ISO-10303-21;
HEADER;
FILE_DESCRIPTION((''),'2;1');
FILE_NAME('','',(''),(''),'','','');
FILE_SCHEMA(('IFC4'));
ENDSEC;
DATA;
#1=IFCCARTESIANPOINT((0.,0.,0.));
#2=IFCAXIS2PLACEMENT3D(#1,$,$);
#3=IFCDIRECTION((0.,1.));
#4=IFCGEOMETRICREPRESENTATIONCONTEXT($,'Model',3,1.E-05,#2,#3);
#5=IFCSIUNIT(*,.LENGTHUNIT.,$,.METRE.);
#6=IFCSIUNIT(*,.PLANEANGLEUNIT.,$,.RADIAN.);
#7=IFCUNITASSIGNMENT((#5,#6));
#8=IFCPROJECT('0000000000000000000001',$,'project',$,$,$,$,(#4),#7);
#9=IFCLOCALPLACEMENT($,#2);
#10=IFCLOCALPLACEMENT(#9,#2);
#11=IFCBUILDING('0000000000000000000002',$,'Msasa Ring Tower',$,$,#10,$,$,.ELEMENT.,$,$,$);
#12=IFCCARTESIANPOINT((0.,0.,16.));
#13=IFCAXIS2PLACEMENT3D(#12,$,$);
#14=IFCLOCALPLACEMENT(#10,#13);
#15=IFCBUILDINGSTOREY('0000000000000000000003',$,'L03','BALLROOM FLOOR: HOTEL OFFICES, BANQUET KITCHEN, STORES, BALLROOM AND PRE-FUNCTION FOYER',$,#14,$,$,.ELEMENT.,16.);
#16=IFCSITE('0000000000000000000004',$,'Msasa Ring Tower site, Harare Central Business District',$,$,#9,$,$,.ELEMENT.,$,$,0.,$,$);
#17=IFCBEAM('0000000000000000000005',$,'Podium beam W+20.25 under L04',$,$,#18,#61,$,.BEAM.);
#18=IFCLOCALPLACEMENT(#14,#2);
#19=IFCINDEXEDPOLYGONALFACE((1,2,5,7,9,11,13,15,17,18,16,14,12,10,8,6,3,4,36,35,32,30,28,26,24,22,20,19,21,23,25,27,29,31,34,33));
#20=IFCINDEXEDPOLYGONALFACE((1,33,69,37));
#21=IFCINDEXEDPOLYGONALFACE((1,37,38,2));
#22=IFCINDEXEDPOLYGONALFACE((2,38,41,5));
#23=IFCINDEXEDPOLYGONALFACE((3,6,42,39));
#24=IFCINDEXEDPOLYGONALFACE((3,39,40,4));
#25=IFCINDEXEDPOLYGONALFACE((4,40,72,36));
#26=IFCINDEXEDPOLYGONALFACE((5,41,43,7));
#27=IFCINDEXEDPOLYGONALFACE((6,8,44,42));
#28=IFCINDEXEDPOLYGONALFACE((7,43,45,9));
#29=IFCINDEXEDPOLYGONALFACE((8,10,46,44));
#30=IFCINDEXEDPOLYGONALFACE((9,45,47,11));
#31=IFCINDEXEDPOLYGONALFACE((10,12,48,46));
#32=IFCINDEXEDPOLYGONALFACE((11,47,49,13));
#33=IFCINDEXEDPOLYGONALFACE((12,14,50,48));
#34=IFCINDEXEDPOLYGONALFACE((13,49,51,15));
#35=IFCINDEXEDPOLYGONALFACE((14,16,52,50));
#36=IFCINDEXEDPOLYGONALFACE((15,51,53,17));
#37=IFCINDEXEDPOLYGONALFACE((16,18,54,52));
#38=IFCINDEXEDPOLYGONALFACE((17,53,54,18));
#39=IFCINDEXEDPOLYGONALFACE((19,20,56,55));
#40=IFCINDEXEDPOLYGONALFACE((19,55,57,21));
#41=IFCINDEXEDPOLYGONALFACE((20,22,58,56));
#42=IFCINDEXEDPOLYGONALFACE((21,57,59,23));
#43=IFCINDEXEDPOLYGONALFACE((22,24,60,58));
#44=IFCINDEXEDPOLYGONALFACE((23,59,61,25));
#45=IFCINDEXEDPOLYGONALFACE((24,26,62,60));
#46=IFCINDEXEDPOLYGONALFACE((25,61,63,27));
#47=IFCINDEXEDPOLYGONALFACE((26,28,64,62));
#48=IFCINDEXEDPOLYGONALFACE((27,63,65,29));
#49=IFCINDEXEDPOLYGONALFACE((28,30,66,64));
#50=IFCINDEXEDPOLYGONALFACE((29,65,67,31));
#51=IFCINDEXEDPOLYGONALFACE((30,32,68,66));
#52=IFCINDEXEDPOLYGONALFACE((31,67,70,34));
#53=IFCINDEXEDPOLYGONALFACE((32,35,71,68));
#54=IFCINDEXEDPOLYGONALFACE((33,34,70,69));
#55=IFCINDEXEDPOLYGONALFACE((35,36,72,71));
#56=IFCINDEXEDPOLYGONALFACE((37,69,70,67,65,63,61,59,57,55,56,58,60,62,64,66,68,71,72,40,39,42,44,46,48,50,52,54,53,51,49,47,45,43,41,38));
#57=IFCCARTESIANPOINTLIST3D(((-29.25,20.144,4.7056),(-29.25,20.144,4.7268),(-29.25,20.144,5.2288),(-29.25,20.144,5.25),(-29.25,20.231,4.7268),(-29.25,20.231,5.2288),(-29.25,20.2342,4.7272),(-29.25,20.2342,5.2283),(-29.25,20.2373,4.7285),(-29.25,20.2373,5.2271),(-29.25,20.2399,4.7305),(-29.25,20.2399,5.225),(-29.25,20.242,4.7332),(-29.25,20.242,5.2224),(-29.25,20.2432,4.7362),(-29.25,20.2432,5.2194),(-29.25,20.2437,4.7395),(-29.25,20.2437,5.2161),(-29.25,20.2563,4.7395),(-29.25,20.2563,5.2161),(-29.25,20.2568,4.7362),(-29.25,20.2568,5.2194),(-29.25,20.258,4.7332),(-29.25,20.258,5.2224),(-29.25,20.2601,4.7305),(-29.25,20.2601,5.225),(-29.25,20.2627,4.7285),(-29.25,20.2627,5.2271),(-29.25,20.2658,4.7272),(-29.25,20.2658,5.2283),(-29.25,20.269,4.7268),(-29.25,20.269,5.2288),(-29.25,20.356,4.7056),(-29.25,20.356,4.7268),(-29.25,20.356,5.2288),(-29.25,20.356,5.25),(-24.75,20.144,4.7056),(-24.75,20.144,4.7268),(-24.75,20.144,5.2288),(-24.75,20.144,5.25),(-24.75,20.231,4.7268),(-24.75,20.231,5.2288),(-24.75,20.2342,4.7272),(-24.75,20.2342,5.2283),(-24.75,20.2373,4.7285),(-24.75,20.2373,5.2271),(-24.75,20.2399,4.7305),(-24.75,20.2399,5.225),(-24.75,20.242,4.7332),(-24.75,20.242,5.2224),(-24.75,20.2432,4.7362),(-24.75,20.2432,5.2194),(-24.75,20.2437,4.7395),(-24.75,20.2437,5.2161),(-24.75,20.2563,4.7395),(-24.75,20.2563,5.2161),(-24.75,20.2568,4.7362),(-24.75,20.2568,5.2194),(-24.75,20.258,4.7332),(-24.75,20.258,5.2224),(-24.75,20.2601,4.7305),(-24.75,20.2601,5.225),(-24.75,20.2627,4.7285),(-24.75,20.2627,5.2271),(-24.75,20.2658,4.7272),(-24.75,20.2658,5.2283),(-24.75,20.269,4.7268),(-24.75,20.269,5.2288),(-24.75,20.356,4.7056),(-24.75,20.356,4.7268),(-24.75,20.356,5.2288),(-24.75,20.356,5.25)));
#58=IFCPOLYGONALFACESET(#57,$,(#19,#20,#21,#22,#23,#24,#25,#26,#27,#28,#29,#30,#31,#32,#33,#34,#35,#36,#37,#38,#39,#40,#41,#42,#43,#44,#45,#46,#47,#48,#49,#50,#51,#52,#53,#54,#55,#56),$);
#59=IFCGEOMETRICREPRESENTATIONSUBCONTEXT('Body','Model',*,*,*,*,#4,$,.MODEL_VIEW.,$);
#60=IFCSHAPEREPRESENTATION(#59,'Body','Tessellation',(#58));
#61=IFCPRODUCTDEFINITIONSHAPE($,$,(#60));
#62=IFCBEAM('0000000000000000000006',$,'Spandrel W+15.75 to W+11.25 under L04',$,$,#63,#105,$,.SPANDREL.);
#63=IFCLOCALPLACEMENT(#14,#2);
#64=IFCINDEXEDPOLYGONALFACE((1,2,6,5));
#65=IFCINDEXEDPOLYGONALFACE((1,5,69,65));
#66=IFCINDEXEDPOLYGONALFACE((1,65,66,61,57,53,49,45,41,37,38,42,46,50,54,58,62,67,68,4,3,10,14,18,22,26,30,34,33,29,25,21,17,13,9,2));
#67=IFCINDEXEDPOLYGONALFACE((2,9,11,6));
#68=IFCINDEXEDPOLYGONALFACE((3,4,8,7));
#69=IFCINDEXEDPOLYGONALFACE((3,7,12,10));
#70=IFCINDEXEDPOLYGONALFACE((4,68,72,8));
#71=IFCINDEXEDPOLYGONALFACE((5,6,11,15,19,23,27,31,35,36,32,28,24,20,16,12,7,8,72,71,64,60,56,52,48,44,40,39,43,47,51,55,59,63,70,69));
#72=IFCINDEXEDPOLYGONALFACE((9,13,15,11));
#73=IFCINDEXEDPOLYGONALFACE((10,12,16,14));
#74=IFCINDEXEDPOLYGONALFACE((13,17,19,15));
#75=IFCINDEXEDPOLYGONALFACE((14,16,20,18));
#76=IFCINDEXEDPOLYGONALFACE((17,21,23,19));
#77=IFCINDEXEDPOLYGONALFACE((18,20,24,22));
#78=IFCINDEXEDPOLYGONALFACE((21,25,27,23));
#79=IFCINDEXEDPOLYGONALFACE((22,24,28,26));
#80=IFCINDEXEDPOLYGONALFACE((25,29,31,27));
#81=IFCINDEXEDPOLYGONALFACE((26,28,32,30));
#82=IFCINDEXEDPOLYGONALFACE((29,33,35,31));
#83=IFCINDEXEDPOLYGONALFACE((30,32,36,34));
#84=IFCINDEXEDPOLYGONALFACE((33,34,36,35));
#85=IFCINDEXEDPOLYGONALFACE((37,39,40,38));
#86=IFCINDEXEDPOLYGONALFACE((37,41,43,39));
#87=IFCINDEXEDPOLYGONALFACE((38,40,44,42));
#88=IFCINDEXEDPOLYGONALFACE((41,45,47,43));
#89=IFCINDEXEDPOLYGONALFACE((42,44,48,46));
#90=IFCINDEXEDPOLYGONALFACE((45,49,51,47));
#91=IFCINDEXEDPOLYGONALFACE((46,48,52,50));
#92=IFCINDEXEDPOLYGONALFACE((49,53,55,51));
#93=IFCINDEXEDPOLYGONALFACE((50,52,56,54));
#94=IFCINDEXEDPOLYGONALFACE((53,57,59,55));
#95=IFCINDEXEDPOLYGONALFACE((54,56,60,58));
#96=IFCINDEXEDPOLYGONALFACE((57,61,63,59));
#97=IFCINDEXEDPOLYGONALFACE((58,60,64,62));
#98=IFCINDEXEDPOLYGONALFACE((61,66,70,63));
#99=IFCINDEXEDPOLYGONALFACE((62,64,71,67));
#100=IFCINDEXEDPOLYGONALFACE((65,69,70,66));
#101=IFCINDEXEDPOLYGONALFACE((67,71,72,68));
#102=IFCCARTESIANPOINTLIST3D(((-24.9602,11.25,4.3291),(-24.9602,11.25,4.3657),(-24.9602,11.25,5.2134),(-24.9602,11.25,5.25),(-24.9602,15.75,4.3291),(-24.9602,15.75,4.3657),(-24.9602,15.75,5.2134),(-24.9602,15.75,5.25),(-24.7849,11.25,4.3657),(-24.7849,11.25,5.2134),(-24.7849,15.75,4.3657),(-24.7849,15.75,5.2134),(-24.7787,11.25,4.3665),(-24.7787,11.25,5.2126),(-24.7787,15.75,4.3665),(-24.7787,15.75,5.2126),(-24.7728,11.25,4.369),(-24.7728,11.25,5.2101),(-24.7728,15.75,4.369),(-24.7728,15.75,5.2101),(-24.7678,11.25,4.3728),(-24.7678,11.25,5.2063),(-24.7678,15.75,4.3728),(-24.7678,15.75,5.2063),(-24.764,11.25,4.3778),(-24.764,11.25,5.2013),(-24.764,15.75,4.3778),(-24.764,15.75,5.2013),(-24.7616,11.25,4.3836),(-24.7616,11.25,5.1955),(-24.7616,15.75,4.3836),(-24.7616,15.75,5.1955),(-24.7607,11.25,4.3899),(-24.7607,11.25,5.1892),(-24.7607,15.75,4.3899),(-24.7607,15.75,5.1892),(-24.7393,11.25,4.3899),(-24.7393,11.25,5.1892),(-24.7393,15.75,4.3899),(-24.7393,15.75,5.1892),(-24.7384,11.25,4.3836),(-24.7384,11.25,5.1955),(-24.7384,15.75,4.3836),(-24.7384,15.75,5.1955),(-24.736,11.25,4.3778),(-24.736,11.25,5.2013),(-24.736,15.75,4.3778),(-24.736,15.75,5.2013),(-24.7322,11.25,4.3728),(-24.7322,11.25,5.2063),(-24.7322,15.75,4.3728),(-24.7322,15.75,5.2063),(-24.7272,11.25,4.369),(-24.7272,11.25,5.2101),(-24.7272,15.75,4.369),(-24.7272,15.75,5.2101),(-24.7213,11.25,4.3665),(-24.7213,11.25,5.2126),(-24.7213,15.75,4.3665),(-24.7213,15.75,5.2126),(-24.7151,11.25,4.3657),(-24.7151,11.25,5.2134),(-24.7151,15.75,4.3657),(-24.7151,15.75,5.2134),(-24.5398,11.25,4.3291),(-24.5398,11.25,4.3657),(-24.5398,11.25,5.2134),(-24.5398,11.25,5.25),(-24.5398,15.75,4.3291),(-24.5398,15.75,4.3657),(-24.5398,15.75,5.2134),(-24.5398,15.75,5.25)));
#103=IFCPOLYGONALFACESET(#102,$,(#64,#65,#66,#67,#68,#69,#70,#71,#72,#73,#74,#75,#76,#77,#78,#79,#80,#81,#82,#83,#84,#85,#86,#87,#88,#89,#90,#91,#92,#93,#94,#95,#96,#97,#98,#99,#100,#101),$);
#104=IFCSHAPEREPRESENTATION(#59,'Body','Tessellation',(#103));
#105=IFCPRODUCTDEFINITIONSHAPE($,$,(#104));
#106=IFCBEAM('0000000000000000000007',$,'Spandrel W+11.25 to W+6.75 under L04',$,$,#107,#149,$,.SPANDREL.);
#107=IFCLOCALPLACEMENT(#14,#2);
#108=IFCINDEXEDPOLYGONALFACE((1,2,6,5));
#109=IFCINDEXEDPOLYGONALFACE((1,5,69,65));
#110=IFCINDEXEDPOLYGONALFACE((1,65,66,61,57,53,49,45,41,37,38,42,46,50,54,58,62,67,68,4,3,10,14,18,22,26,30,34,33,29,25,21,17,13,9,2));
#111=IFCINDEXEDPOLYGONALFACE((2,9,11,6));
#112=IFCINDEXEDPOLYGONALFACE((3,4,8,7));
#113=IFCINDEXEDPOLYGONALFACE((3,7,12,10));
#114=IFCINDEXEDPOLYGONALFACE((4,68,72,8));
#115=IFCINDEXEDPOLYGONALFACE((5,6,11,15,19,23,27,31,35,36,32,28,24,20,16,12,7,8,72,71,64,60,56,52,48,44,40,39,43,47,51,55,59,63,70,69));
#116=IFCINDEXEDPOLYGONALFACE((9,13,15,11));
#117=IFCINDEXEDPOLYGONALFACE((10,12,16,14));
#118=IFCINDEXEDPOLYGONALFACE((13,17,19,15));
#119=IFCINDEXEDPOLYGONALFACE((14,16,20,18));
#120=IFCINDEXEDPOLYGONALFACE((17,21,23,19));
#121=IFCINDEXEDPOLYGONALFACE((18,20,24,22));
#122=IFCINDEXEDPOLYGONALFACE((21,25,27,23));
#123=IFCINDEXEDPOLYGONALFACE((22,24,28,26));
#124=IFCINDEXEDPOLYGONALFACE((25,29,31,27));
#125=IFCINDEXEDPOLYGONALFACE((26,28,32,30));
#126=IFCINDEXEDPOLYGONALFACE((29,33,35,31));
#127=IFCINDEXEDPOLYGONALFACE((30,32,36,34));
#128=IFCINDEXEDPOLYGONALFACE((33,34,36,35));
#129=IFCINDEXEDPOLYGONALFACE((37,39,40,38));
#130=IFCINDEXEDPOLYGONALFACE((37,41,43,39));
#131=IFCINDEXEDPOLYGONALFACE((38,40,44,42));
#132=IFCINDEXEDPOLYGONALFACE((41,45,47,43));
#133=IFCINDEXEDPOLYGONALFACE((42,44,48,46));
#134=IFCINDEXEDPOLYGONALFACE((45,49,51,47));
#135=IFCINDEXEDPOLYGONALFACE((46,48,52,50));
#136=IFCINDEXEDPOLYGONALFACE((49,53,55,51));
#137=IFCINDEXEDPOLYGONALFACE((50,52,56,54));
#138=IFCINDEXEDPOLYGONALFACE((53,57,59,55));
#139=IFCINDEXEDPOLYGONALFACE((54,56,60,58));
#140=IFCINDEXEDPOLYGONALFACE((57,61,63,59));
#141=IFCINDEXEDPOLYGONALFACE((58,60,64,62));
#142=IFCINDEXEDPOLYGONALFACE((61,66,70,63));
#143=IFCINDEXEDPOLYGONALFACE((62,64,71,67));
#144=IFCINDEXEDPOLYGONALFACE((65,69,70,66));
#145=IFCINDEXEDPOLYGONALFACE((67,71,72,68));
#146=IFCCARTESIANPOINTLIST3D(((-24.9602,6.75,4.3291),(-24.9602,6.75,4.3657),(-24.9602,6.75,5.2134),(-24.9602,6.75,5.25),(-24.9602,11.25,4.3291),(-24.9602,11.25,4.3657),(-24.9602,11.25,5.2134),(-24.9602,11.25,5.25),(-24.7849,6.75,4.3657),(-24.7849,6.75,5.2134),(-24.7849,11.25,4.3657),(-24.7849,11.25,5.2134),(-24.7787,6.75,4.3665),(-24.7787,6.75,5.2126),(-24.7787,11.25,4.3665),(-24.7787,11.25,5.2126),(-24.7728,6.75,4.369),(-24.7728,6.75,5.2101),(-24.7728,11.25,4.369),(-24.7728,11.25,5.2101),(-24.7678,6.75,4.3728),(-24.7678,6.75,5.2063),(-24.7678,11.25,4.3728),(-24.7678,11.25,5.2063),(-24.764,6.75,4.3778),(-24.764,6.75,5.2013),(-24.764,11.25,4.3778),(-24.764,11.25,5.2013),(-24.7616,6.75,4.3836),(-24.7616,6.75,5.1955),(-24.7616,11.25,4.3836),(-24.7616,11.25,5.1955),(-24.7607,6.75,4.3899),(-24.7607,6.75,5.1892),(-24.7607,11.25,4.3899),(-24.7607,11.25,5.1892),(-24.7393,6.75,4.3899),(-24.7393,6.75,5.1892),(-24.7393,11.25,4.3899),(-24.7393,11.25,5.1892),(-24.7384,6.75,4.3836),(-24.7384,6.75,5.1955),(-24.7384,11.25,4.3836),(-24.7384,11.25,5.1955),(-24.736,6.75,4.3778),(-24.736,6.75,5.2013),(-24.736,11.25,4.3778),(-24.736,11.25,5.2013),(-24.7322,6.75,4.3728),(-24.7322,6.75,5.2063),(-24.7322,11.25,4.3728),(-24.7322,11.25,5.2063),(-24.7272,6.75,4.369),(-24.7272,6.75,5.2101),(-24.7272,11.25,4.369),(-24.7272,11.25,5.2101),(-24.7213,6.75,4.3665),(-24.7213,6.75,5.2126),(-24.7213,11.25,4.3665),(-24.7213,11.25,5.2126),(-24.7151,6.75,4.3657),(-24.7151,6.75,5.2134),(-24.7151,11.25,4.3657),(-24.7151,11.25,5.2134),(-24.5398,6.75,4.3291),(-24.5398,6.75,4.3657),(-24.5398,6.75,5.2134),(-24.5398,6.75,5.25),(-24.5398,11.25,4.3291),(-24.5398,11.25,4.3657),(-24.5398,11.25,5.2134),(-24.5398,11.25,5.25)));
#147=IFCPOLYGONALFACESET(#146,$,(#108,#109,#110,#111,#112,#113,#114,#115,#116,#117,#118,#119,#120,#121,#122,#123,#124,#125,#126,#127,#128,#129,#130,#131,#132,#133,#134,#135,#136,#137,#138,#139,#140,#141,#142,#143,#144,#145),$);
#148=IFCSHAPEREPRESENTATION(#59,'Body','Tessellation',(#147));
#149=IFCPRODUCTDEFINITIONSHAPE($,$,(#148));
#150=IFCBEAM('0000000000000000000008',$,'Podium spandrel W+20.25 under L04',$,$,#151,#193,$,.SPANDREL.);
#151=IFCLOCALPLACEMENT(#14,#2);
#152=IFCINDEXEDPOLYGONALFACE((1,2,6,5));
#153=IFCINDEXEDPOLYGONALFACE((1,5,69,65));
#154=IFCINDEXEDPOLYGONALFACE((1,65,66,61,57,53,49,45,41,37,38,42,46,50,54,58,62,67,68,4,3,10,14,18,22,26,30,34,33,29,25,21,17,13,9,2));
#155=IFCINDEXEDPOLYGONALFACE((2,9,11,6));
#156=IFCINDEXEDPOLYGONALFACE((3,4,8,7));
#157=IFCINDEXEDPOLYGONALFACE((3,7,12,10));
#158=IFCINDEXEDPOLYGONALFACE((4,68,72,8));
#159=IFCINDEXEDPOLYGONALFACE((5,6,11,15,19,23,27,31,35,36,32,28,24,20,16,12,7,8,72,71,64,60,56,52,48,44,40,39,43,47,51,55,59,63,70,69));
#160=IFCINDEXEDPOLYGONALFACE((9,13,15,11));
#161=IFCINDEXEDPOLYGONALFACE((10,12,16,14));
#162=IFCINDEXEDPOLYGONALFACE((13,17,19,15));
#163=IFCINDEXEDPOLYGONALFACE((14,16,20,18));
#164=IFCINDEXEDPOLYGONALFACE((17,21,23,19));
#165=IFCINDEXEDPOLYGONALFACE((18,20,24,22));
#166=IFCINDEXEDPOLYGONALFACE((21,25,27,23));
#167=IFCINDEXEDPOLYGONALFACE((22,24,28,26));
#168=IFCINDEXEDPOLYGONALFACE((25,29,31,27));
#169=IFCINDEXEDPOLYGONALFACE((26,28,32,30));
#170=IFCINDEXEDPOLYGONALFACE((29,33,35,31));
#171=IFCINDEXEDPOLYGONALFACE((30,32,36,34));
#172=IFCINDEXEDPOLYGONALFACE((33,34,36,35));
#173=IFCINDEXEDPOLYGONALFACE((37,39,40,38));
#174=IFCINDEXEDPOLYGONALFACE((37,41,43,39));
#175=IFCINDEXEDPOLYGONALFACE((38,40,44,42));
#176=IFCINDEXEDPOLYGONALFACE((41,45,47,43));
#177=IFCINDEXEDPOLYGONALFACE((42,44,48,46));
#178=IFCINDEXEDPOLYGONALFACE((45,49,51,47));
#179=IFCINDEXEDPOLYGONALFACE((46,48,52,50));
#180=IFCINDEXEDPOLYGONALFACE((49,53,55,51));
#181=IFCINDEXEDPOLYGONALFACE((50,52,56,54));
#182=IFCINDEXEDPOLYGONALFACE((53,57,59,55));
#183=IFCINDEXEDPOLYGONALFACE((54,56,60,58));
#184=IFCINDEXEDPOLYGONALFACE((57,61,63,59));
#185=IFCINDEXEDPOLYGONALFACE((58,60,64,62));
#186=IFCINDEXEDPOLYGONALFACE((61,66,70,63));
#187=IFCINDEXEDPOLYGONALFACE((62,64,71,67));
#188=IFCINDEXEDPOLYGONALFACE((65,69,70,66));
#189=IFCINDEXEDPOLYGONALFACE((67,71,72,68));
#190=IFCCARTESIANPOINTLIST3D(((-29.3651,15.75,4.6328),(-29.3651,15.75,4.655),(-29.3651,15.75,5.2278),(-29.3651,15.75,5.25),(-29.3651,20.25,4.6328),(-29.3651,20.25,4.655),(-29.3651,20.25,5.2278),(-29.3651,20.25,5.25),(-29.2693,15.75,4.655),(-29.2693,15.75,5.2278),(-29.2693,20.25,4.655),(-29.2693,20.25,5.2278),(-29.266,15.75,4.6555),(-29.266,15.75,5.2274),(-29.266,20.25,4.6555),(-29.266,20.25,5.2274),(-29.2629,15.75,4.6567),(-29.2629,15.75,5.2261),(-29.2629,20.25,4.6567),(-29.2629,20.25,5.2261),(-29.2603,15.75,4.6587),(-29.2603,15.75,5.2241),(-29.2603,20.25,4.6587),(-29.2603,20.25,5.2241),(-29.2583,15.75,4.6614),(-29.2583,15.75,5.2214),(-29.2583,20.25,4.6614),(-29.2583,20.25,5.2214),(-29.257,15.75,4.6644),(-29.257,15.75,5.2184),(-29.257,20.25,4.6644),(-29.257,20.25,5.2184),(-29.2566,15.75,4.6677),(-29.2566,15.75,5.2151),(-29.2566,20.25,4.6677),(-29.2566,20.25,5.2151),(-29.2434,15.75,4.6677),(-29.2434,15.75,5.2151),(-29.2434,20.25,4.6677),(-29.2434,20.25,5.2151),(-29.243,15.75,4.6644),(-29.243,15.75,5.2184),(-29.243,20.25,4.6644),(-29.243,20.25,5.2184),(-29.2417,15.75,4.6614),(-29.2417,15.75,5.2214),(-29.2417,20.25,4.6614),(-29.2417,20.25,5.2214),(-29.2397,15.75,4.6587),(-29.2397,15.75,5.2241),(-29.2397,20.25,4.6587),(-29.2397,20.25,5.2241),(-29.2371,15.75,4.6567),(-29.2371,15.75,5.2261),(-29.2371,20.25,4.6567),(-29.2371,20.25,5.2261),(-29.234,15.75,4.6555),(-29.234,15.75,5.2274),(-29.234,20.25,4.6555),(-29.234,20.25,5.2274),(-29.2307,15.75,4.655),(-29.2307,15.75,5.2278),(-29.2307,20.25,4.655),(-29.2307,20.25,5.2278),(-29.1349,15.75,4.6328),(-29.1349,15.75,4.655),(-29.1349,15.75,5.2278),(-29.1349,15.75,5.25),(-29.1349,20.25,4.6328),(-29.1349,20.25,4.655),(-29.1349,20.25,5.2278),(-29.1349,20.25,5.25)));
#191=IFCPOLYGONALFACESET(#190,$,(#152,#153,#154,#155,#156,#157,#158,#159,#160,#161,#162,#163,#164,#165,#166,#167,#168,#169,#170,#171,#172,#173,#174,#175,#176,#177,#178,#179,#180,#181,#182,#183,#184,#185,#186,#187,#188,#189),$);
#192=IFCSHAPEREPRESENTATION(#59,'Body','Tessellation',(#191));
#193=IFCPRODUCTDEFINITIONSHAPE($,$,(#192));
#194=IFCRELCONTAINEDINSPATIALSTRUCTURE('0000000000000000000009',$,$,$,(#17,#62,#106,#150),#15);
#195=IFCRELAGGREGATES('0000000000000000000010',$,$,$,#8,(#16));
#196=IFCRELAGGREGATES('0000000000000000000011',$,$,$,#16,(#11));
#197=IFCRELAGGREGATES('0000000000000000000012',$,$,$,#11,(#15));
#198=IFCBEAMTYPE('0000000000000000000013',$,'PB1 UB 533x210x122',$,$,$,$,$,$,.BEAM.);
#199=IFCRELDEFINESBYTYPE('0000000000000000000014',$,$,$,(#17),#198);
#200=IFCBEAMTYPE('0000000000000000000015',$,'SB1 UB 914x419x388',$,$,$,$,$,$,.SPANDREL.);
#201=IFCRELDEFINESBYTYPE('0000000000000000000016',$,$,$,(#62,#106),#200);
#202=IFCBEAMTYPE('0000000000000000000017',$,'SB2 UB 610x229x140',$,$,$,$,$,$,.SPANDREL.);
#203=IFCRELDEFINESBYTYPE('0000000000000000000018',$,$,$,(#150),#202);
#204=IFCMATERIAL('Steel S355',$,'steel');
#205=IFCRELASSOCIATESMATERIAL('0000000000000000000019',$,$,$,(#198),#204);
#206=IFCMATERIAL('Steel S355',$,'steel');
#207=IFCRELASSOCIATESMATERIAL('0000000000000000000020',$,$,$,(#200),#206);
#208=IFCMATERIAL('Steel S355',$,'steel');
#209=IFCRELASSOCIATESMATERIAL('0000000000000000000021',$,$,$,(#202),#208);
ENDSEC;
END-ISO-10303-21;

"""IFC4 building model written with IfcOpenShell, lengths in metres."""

from ifc_helpers import new_model, si_unit, direction, frame, origin, origin_2d, place, context, subcontext, project, spatial, i_section, extrude, material, material_profile, profile_set, type_object, element, save


model = new_model("IFC4")

# Units and contexts
model_context = context("Model", 3, precision=1e-05, world=origin(), true_north=direction((0.0, 1.0)))
body_context = subcontext(model_context, "Body", "Model", "MODEL_VIEW")
ifc_project = project(units=[si_unit("LENGTHUNIT", "METRE"), si_unit("PLANEANGLEUNIT", "RADIAN")], contexts=[model_context])

# Site, building, storey
site_placement = place(None, origin())
site = spatial("IfcSite", under=ifc_project, at=site_placement, Name="Msasa Ring Tower site, Harare Central Business District", CompositionType="ELEMENT", RefElevation=0.0)
building_placement = place(site_placement, origin())
building = spatial("IfcBuilding", under=site, at=building_placement, Name="Msasa Ring Tower", CompositionType="ELEMENT")
storey_placement = place(building_placement, frame((0.0, 0.0, 16.0)))
storey = spatial("IfcBuildingStorey", under=building, at=storey_placement, Name="L03", Description="BALLROOM FLOOR: HOTEL OFFICES, BANQUET KITCHEN, STORES, BALLROOM AND PRE-FUNCTION FOYER", CompositionType="ELEMENT", Elevation=16.0)

# Beams
ifc_material_1 = material(Name="Steel S355", Category="steel")
ifc_material_profile_1 = material_profile(ifc_material_1, i_section(OverallWidth=0.2119, OverallDepth=0.5444, WebThickness=0.0127, FlangeThickness=0.0212, FilletRadius=0.0127, at=origin_2d()), Name="UB 533x210x122")
ifc_profile_set_1 = profile_set([ifc_material_profile_1], Name="Steel S355")
beam_type_1 = type_object("IfcBeamType", Name="PB1 UB 533x210x122", PredefinedType="BEAM", material=ifc_profile_set_1)
beam_placement = place(storey_placement, frame((-29.25, 20.25, 4.9778), z_axis=(1.0, 0.0, 0.0), x_axis=(0.0, 1.0, 0.0)))
element("IfcBeam", 1, at=beam_placement, inside=storey, type_object=beam_type_1, Name="Podium beam W+20.25 under L04", PredefinedType="BEAM", context=body_context, shape_type="SweptSolid", body=[
    extrude(i_section(OverallWidth=0.2119, OverallDepth=0.5444, WebThickness=0.0127, FlangeThickness=0.0212, FilletRadius=0.0127, at=origin_2d()), origin(), (0.0, 0.0, 1.0), 4.5),
])
ifc_material_2 = material(Name="Steel S355", Category="steel")
ifc_material_profile_2 = material_profile(ifc_material_2, i_section(OverallWidth=0.4204, OverallDepth=0.9209, WebThickness=0.0215, FlangeThickness=0.0366, FilletRadius=0.0242, at=origin_2d()), Name="UB 914x419x388")
ifc_profile_set_2 = profile_set([ifc_material_profile_2], Name="Steel S355")
beam_type_2 = type_object("IfcBeamType", Name="SB1 UB 914x419x388", PredefinedType="SPANDREL", material=ifc_profile_set_2)
for number, where, z_axis, x_axis, name in (
    (2, (-24.75, 15.75, 4.7896), (0.0, -1.0, 0.0), (1.0, 0.0, 0.0), "Spandrel W+15.75 to W+11.25 under L04"),
    (3, (-24.75, 11.25, 4.7896), (0.0, -1.0, 0.0), (1.0, 0.0, 0.0), "Spandrel W+11.25 to W+6.75 under L04"),
):
    element("IfcBeam", number, at=place(storey_placement, frame(where, z_axis=z_axis, x_axis=x_axis)), inside=storey, type_object=beam_type_2, Name=name, PredefinedType="SPANDREL", context=body_context, shape_type="SweptSolid", body=[
        extrude(i_section(OverallWidth=0.4204, OverallDepth=0.9209, WebThickness=0.0215, FlangeThickness=0.0366, FilletRadius=0.0242, at=origin_2d()), origin(), (0.0, 0.0, 1.0), 4.5),
    ])
ifc_material_3 = material(Name="Steel S355", Category="steel")
ifc_material_profile_3 = material_profile(ifc_material_3, i_section(OverallWidth=0.2302, OverallDepth=0.6172, WebThickness=0.0132, FlangeThickness=0.0222, FilletRadius=0.0127, at=origin_2d()), Name="UB 610x229x140")
ifc_profile_set_3 = profile_set([ifc_material_profile_3], Name="Steel S355")
beam_type_3 = type_object("IfcBeamType", Name="SB2 UB 610x229x140", PredefinedType="SPANDREL", material=ifc_profile_set_3)
for number, where, z_axis, x_axis, name in (
    (4, (-29.25, 20.25, 4.9414), (0.0, -1.0, 0.0), (1.0, 0.0, 0.0), "Podium spandrel W+20.25 under L04"),
):
    element("IfcBeam", number, at=place(storey_placement, frame(where, z_axis=z_axis, x_axis=x_axis)), inside=storey, type_object=beam_type_3, Name=name, PredefinedType="SPANDREL", context=body_context, shape_type="SweptSolid", body=[
        extrude(i_section(OverallWidth=0.2302, OverallDepth=0.6172, WebThickness=0.0132, FlangeThickness=0.0222, FilletRadius=0.0127, at=origin_2d()), origin(), (0.0, 0.0, 1.0), 4.5),
    ])

save(model, "model.ifc")
